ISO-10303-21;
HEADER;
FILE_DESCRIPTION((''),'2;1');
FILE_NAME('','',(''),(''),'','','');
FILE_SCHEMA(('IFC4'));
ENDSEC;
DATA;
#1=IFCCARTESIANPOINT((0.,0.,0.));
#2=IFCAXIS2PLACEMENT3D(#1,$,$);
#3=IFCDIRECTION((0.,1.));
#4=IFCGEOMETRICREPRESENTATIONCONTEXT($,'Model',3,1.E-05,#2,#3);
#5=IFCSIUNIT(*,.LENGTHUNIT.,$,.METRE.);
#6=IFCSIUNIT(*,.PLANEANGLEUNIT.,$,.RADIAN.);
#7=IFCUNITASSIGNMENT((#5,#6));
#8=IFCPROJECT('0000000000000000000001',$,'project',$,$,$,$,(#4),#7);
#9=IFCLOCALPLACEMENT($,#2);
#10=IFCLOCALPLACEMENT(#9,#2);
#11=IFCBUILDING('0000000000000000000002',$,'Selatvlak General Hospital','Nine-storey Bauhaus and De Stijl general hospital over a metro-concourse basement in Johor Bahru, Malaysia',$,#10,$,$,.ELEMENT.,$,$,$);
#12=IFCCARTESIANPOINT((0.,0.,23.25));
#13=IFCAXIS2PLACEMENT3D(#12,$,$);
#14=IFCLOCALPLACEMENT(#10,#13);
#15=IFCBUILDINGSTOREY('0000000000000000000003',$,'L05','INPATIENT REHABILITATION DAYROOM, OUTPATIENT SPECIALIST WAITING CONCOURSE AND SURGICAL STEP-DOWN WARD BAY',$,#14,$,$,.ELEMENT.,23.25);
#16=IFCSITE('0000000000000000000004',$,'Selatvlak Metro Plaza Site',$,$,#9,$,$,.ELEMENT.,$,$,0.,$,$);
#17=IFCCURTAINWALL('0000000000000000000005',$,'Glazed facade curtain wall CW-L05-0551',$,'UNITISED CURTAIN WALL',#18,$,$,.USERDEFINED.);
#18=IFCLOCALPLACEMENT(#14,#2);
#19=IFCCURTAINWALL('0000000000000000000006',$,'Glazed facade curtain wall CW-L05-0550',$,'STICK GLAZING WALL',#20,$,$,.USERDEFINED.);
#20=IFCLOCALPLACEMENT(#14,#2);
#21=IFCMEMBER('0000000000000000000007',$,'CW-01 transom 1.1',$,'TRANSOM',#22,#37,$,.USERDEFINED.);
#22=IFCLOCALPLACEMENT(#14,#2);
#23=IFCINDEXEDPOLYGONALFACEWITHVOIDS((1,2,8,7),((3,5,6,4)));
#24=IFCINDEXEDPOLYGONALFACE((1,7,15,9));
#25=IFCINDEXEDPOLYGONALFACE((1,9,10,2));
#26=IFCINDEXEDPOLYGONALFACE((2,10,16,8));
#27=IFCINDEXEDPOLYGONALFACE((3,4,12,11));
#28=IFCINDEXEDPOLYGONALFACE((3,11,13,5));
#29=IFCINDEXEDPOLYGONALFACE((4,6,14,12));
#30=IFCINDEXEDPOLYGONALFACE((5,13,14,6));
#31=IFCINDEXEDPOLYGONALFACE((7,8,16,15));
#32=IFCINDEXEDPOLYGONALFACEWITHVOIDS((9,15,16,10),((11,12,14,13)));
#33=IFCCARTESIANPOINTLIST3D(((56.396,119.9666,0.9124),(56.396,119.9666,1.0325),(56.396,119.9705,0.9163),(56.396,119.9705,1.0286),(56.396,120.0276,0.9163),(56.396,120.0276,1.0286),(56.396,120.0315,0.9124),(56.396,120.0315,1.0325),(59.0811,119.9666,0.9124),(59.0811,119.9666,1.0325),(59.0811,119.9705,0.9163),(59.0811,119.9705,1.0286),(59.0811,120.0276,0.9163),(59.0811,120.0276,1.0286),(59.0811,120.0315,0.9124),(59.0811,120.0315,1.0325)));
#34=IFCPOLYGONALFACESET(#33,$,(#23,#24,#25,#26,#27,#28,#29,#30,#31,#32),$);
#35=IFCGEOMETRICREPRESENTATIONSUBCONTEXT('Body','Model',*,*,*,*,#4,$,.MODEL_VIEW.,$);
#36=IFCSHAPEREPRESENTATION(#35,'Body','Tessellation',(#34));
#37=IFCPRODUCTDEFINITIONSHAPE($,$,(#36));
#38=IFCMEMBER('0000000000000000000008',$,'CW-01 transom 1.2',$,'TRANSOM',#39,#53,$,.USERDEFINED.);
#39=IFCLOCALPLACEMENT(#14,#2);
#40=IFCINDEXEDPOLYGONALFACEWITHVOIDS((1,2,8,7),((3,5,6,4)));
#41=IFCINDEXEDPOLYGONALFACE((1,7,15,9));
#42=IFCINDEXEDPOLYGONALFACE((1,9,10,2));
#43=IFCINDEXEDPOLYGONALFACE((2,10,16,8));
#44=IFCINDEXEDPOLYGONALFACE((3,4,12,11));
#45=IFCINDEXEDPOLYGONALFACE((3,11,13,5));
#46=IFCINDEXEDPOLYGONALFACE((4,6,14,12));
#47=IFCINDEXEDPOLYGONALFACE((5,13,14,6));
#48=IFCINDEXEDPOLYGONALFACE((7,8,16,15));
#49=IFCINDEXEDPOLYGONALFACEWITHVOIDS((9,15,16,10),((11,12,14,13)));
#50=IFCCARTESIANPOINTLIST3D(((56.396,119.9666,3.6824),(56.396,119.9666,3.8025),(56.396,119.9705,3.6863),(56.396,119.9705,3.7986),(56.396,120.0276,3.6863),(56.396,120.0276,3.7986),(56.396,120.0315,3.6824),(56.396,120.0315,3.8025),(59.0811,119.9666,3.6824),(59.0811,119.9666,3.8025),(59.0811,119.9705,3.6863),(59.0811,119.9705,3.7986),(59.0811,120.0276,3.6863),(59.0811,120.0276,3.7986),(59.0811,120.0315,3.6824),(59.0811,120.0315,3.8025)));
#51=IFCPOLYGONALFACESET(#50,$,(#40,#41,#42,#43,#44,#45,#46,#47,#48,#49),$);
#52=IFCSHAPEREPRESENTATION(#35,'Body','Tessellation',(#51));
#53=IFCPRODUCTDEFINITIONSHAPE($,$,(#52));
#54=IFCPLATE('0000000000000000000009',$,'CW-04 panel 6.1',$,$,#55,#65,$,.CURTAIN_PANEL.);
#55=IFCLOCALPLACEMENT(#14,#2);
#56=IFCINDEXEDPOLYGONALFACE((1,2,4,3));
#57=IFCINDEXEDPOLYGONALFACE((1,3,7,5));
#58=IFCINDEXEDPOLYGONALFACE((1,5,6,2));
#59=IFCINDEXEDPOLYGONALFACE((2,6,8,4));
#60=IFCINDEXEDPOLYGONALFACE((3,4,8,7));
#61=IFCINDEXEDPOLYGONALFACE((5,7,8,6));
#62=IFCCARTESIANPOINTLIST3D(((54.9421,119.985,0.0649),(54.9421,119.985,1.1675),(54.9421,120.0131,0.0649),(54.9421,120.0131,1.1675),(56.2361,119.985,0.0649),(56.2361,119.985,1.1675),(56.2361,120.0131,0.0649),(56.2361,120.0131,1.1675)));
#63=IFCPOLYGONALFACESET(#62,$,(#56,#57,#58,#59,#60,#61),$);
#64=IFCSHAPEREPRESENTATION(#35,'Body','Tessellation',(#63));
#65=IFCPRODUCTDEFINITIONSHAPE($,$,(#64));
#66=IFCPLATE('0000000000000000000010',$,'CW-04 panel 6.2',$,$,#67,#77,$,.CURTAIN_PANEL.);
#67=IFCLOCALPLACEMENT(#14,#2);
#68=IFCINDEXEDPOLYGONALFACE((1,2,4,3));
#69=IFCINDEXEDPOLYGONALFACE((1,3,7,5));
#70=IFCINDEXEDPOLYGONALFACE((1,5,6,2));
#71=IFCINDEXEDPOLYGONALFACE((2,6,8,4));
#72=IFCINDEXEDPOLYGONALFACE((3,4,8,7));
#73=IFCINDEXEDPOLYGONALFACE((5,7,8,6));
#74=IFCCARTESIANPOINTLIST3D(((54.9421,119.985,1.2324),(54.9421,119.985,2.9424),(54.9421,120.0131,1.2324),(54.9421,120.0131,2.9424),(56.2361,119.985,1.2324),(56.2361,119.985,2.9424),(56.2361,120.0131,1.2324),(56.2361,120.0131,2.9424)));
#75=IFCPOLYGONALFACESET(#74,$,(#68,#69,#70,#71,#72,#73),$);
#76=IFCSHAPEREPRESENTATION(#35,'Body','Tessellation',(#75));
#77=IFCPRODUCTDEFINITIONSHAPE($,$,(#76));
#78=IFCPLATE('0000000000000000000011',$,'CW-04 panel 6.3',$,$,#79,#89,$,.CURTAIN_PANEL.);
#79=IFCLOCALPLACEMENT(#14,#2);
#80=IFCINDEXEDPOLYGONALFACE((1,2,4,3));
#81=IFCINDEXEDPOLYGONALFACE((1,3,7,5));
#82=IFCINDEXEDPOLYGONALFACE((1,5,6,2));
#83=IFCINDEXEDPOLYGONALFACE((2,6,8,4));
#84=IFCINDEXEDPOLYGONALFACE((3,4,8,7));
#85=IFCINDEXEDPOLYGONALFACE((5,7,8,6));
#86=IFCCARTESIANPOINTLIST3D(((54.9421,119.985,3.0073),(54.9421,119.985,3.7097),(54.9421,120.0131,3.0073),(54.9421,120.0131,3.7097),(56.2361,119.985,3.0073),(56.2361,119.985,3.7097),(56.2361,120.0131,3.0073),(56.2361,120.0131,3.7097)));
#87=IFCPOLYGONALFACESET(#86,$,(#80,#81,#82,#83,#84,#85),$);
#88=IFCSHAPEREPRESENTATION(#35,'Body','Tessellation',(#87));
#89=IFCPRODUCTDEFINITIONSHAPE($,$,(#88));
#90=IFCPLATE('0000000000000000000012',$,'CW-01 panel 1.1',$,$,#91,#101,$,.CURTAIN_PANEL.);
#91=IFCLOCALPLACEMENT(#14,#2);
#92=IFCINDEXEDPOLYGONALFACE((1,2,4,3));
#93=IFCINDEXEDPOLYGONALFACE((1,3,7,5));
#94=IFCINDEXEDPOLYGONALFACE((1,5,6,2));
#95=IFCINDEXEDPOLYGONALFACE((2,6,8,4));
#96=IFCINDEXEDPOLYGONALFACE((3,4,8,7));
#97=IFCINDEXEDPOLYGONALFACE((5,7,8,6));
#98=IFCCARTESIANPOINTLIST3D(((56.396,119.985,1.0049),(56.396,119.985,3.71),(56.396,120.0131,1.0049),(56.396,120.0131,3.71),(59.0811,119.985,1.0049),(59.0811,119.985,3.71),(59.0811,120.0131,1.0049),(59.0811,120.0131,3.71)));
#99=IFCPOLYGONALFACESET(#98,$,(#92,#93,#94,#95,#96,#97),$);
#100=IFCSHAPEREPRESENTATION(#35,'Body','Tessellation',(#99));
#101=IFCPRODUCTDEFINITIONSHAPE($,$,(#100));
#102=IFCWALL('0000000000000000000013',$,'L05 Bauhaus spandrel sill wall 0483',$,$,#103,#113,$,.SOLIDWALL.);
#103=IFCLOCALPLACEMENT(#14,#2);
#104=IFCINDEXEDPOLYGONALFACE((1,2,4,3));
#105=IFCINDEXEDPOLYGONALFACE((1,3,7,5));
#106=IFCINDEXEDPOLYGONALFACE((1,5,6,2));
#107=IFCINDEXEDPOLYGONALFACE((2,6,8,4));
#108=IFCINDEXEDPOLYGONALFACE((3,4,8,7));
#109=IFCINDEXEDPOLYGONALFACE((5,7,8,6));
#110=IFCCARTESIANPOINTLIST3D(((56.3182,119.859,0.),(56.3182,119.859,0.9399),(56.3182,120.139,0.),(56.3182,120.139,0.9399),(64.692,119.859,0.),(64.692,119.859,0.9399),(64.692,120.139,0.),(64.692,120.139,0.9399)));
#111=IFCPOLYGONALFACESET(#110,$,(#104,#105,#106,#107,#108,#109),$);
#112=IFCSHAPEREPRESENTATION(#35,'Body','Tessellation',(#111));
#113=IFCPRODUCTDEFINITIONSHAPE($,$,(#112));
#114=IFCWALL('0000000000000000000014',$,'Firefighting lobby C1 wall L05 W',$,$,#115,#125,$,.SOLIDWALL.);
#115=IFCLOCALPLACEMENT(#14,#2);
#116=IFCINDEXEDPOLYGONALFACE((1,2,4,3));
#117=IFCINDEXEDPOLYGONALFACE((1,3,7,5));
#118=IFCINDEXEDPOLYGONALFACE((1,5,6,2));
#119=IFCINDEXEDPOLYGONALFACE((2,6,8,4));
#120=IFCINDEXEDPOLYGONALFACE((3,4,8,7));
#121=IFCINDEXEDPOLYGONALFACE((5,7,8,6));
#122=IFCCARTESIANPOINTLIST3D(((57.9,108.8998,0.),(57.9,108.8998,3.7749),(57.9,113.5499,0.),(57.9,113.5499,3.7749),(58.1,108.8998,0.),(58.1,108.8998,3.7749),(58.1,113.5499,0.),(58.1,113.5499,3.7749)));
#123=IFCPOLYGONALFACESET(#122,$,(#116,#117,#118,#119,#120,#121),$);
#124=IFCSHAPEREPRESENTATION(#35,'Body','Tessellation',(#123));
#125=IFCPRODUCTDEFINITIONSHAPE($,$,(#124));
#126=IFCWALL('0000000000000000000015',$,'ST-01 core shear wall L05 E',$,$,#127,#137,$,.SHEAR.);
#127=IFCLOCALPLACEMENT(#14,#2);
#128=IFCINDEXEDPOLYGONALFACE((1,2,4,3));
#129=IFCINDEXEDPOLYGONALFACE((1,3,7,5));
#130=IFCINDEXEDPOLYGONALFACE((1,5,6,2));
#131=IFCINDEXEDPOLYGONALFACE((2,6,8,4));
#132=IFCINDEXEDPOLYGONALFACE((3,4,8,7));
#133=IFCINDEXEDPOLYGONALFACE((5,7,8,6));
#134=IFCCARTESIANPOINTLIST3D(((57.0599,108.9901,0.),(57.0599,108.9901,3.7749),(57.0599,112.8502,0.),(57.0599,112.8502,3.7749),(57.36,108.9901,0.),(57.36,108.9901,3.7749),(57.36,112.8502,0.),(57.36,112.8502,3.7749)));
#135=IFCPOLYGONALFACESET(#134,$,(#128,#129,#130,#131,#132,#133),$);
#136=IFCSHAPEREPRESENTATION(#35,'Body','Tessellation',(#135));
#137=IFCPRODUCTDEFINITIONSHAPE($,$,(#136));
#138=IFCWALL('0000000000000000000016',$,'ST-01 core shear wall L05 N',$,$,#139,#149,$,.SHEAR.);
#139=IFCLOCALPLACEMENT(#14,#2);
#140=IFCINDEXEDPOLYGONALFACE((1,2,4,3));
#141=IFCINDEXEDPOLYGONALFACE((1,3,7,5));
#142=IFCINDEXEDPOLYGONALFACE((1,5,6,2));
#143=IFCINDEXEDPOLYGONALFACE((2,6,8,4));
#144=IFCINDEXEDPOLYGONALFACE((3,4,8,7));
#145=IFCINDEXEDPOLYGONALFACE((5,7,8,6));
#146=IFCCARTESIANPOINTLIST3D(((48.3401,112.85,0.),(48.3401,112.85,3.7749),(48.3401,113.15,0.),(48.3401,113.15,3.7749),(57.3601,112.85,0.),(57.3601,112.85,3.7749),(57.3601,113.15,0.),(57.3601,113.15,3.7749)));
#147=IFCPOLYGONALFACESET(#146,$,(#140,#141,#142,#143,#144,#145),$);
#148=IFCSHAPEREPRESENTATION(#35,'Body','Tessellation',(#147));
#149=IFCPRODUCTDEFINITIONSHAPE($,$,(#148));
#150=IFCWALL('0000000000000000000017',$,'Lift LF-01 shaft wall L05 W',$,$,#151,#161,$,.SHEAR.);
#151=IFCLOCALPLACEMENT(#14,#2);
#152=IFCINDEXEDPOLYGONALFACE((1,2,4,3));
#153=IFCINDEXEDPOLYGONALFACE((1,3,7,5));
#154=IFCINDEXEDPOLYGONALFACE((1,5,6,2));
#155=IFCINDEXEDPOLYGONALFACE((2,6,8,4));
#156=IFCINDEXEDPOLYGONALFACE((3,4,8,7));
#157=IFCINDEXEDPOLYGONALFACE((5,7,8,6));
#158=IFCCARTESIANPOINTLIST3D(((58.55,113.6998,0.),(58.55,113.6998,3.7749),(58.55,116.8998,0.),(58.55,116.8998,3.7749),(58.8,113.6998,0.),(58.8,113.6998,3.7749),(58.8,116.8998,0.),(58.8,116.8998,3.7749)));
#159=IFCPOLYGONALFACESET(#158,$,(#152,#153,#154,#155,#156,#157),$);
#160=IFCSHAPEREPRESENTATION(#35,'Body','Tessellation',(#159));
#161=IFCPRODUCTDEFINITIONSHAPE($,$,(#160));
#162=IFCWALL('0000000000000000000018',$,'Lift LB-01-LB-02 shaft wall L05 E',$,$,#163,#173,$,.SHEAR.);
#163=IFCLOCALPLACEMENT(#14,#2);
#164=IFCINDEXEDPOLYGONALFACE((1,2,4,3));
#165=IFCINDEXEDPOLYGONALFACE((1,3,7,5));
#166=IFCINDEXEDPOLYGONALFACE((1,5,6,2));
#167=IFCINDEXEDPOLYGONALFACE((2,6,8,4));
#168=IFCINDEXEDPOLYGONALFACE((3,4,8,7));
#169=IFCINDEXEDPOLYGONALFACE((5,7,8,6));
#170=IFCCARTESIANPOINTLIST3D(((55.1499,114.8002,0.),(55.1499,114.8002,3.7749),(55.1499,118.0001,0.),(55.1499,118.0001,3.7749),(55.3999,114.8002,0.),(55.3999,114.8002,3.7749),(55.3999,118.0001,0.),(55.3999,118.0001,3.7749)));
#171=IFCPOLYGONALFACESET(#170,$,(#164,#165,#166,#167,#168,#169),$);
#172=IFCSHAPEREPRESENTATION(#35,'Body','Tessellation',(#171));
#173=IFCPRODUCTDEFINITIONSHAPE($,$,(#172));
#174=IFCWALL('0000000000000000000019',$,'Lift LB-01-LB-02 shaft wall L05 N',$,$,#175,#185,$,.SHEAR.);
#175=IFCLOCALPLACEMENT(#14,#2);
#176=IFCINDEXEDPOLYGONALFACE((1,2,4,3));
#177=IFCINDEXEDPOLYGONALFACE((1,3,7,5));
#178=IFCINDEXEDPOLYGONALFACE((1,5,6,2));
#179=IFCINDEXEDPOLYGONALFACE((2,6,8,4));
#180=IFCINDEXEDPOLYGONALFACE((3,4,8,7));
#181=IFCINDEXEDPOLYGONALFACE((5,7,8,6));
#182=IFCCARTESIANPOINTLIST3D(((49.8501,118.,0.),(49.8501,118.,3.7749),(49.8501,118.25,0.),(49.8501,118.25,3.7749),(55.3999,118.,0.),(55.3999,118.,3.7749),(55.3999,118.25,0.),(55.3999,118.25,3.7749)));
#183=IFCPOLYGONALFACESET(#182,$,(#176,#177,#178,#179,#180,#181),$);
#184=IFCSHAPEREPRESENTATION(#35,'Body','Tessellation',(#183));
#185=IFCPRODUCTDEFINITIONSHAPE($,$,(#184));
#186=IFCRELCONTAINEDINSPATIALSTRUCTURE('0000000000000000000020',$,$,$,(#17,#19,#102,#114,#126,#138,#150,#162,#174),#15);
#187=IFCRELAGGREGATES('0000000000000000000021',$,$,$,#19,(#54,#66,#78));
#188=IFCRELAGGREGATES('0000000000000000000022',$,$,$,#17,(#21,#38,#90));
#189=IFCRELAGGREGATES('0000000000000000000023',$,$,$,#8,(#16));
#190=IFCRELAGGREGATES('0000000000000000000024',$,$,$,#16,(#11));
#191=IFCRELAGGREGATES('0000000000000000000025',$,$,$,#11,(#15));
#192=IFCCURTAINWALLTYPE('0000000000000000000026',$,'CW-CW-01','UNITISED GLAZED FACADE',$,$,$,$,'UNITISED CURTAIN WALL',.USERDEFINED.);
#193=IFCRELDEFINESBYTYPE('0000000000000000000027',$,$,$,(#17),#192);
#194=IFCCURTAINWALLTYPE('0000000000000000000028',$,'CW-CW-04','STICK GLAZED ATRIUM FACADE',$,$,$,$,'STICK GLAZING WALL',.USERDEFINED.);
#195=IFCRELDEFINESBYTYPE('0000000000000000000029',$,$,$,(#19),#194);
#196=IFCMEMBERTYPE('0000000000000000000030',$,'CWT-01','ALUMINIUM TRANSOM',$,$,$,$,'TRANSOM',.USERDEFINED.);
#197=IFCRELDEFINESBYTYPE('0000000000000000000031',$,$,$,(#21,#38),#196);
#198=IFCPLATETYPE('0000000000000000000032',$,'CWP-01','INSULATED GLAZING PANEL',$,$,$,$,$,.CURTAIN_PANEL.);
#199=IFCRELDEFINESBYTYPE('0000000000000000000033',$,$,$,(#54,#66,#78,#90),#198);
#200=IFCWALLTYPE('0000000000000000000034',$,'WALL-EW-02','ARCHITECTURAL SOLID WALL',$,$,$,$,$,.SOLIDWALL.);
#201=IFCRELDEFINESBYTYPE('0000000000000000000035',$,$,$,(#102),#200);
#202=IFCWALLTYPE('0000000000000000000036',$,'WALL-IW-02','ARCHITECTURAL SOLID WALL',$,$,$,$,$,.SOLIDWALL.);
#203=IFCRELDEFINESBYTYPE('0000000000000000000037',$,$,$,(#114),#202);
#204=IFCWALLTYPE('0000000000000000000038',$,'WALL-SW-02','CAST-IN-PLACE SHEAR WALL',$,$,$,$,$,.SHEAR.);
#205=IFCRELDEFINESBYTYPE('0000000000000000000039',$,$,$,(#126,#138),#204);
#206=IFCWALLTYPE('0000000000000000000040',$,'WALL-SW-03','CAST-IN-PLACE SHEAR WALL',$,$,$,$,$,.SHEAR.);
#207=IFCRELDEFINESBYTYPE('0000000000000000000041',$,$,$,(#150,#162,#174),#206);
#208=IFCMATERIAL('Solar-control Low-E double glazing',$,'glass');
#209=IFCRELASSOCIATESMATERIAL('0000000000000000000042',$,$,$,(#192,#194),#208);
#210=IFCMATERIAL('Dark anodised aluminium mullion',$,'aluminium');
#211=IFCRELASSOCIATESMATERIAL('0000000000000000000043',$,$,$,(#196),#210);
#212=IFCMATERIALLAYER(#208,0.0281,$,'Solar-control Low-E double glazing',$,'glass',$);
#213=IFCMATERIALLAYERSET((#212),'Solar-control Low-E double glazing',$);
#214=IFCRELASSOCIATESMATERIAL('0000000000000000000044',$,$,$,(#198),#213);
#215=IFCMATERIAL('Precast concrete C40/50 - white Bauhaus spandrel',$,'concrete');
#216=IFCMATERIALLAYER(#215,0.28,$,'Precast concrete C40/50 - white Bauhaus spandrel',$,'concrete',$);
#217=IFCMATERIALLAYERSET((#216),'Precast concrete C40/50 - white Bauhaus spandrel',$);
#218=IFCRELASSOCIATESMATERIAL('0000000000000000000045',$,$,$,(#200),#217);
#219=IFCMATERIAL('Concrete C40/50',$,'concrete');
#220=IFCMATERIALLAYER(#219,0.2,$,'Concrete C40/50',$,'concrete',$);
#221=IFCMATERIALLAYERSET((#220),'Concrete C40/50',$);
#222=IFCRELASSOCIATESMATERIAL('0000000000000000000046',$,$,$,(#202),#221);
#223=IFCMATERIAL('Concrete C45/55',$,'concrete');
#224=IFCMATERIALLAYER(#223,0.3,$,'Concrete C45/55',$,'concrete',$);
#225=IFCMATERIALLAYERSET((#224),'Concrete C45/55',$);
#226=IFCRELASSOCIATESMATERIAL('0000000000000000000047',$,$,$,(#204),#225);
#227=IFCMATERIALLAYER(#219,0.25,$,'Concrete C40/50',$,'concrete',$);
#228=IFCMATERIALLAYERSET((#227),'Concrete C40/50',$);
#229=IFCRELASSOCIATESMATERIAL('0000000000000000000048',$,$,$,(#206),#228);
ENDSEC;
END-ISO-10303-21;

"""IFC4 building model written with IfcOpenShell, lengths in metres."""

from ifc_helpers import new_model, si_unit, direction, frame, frame_2d, origin, origin_2d, place, context, subcontext, project, spatial, rectangle, hollow_rectangle, extrude, material, layer, layer_set, material_profile, profile_set, type_object, element, aggregate, save


model = new_model("IFC4")

# Units and contexts
model_context = context("Model", 3, precision=1e-05, world=origin(), true_north=direction((0.0, 1.0)))
body_context = subcontext(model_context, "Body", "Model", "MODEL_VIEW")
ifc_project = project(units=[si_unit("LENGTHUNIT", "METRE"), si_unit("PLANEANGLEUNIT", "RADIAN")], contexts=[model_context])

# Site, building, storey
site_placement = place(None, origin())
site = spatial("IfcSite", under=ifc_project, at=site_placement, Name="Selatvlak Metro Plaza Site", CompositionType="ELEMENT", RefElevation=0.0)
building_placement = place(site_placement, origin())
building = spatial("IfcBuilding", under=site, at=building_placement, Name="Selatvlak General Hospital", Description="Nine-storey Bauhaus and De Stijl general hospital over a metro-concourse basement in Johor Bahru, Malaysia", CompositionType="ELEMENT")
storey_placement = place(building_placement, frame((0.0, 0.0, 23.25)))
storey = spatial("IfcBuildingStorey", under=building, at=storey_placement, Name="L05", Description="INPATIENT REHABILITATION DAYROOM, OUTPATIENT SPECIALIST WAITING CONCOURSE AND SURGICAL STEP-DOWN WARD BAY", CompositionType="ELEMENT", Elevation=23.25)

# Shared definitions
ifc_material_1 = material(Name="Concrete C40/50", Category="concrete")

# Curtain wall
ifc_material_2 = material(Name="Solar-control Low-E double glazing", Category="glass")
curtain_wall_type_1 = type_object("IfcCurtainWallType", Name="CW-CW-01", Description="UNITISED GLAZED FACADE", ElementType="UNITISED CURTAIN WALL", PredefinedType="USERDEFINED", material=ifc_material_2)
curtain_wall_1_placement = place(storey_placement, origin())
curtain_wall_1 = element("IfcCurtainWall", 1, at=curtain_wall_1_placement, inside=storey, type_object=curtain_wall_type_1, Name="Glazed facade curtain wall CW-L05-0551", ObjectType="UNITISED CURTAIN WALL", PredefinedType="USERDEFINED")
ifc_material_3 = material(Name="Dark anodised aluminium mullion", Category="aluminium")

# Curtain wall
curtain_wall_type_2 = type_object("IfcCurtainWallType", Name="CW-CW-04", Description="STICK GLAZED ATRIUM FACADE", ElementType="STICK GLAZING WALL", PredefinedType="USERDEFINED", material=ifc_material_2)
curtain_wall_2_placement = place(storey_placement, origin())
curtain_wall_2 = element("IfcCurtainWall", 2, at=curtain_wall_2_placement, inside=storey, type_object=curtain_wall_type_2, Name="Glazed facade curtain wall CW-L05-0550", ObjectType="STICK GLAZING WALL", PredefinedType="USERDEFINED")
ifc_material_profile_1 = material_profile(ifc_material_3, hollow_rectangle(XDim=0.0649, YDim=0.1201, WallThickness=0.0039, at=origin_2d()), Name="AL-TRN 65x120x4")
ifc_profile_set_1 = profile_set([ifc_material_profile_1], Name="Dark anodised aluminium mullion")
member_type_1 = type_object("IfcMemberType", Name="CWT-01", Description="ALUMINIUM TRANSOM", ElementType="TRANSOM", PredefinedType="USERDEFINED", material=ifc_profile_set_1)

# Members
member_1_placement = place(storey_placement, frame((56.396, 119.999, 0.9724), z_axis=(1.0, 0.0, 0.0), x_axis=(0.0, 1.0, 0.0)))
member_1 = element("IfcMember", 3, at=member_1_placement, type_object=member_type_1, Name="CW-01 transom 1.1", ObjectType="TRANSOM", PredefinedType="USERDEFINED", context=body_context, shape_type="SweptSolid", body=[
    extrude(hollow_rectangle(XDim=0.0649, YDim=0.1201, WallThickness=0.0039, at=origin_2d()), origin(), (0.0, 0.0, 1.0), 2.6851),
])
member_2_placement = place(storey_placement, frame((56.396, 119.999, 3.7424), z_axis=(1.0, 0.0, 0.0), x_axis=(0.0, 1.0, 0.0)))
member_2 = element("IfcMember", 4, at=member_2_placement, type_object=member_type_1, Name="CW-01 transom 1.2", ObjectType="TRANSOM", PredefinedType="USERDEFINED", context=body_context, shape_type="SweptSolid", body=[
    extrude(hollow_rectangle(XDim=0.0649, YDim=0.1201, WallThickness=0.0039, at=origin_2d()), origin(), (0.0, 0.0, 1.0), 2.6851),
])

# Plates
ifc_layer_1 = layer(ifc_material_2, 0.0281, Name="Solar-control Low-E double glazing", Category="glass")
ifc_layer_set_1 = layer_set([ifc_layer_1], Name="Solar-control Low-E double glazing")
plate_type = type_object("IfcPlateType", Name="CWP-01", Description="INSULATED GLAZING PANEL", PredefinedType="CURTAIN_PANEL", material=ifc_layer_set_1)
plate_1_placement = place(storey_placement, frame((55.5891, 119.999, 0.0649), z_axis=(0.0, 0.0, 1.0), x_axis=(1.0, 0.0, 0.0)))
plate_1 = element("IfcPlate", 5, at=plate_1_placement, type_object=plate_type, Name="CW-04 panel 6.1", PredefinedType="CURTAIN_PANEL", context=body_context, shape_type="SweptSolid", body=[
    extrude(rectangle(XDim=1.2939, YDim=0.0281, at=origin_2d()), origin(), (0.0, 0.0, 1.0), 1.1025),
])
plate_2_placement = place(storey_placement, frame((55.5891, 119.999, 1.2324), z_axis=(0.0, 0.0, 1.0), x_axis=(1.0, 0.0, 0.0)))
plate_2 = element("IfcPlate", 6, at=plate_2_placement, type_object=plate_type, Name="CW-04 panel 6.2", PredefinedType="CURTAIN_PANEL", context=body_context, shape_type="SweptSolid", body=[
    extrude(rectangle(XDim=1.2939, YDim=0.0281, at=origin_2d()), origin(), (0.0, 0.0, 1.0), 1.71),
])
plate_3_placement = place(storey_placement, frame((55.5891, 119.999, 3.0073), z_axis=(0.0, 0.0, 1.0), x_axis=(1.0, 0.0, 0.0)))
plate_3 = element("IfcPlate", 7, at=plate_3_placement, type_object=plate_type, Name="CW-04 panel 6.3", PredefinedType="CURTAIN_PANEL", context=body_context, shape_type="SweptSolid", body=[
    extrude(rectangle(XDim=1.2939, YDim=0.0281, at=origin_2d()), origin(), (0.0, 0.0, 1.0), 0.7024),
])
aggregate(curtain_wall_2, [plate_1, plate_2, plate_3])
plate_4_placement = place(storey_placement, frame((57.7385, 119.999, 1.0049), z_axis=(0.0, 0.0, 1.0), x_axis=(1.0, 0.0, 0.0)))
plate_4 = element("IfcPlate", 8, at=plate_4_placement, type_object=plate_type, Name="CW-01 panel 1.1", PredefinedType="CURTAIN_PANEL", context=body_context, shape_type="SweptSolid", body=[
    extrude(rectangle(XDim=2.6851, YDim=0.0281, at=origin_2d()), origin(), (0.0, 0.0, 1.0), 2.7051),
])
aggregate(curtain_wall_1, [member_1, member_2, plate_4])

# Wall
ifc_material_4 = material(Name="Precast concrete C40/50 - white Bauhaus spandrel", Category="concrete")
ifc_layer_2 = layer(ifc_material_4, 0.28, Name="Precast concrete C40/50 - white Bauhaus spandrel", Category="concrete")
ifc_layer_set_2 = layer_set([ifc_layer_2], Name="Precast concrete C40/50 - white Bauhaus spandrel")
wall_type_1 = type_object("IfcWallType", Name="WALL-EW-02", Description="ARCHITECTURAL SOLID WALL", PredefinedType="SOLIDWALL", material=ifc_layer_set_2)
wall_1_placement = place(storey_placement, frame((56.3181, 119.999, 0.0), z_axis=(0.0, 0.0, 1.0), x_axis=(1.0, 0.0, 0.0)))
element("IfcWall", 9, at=wall_1_placement, inside=storey, type_object=wall_type_1, Name="L05 Bauhaus spandrel sill wall 0483", PredefinedType="SOLIDWALL", context=body_context, shape_type="SweptSolid", body=[
    extrude(rectangle(XDim=8.3738, YDim=0.28, at=frame_2d((4.187, 0.0))), origin(), (0.0, 0.0, 1.0), 0.9399),
])

# Shared definitions
ifc_layer_3 = layer(ifc_material_1, 0.2, Name="Concrete C40/50", Category="concrete")
ifc_layer_set_3 = layer_set([ifc_layer_3], Name="Concrete C40/50")
wall_type_2 = type_object("IfcWallType", Name="WALL-IW-02", Description="ARCHITECTURAL SOLID WALL", PredefinedType="SOLIDWALL", material=ifc_layer_set_3)

# Walls
wall_2_placement = place(storey_placement, frame((58.0, 113.55, 0.0), z_axis=(0.0, 0.0, 1.0), x_axis=(0.0, -1.0, 0.0)))
element("IfcWall", 10, at=wall_2_placement, inside=storey, type_object=wall_type_2, Name="Firefighting lobby C1 wall L05 W", PredefinedType="SOLIDWALL", context=body_context, shape_type="SweptSolid", body=[
    extrude(rectangle(XDim=4.6501, YDim=0.2, at=frame_2d((2.3252, 0.0))), origin(), (0.0, 0.0, 1.0), 3.7749),
])
ifc_material_5 = material(Name="Concrete C45/55", Category="concrete")
ifc_layer_4 = layer(ifc_material_5, 0.3, Name="Concrete C45/55", Category="concrete")
ifc_layer_set_4 = layer_set([ifc_layer_4], Name="Concrete C45/55")
wall_type_3 = type_object("IfcWallType", Name="WALL-SW-02", Description="CAST-IN-PLACE SHEAR WALL", PredefinedType="SHEAR", material=ifc_layer_set_4)
wall_3_placement = place(storey_placement, frame((57.21, 108.99, 0.0), z_axis=(0.0, 0.0, 1.0), x_axis=(0.0, 1.0, 0.0)))
element("IfcWall", 11, at=wall_3_placement, inside=storey, type_object=wall_type_3, Name="ST-01 core shear wall L05 E", PredefinedType="SHEAR", context=body_context, shape_type="SweptSolid", body=[
    extrude(rectangle(XDim=3.8601, YDim=0.3, at=frame_2d((1.9302, 0.0))), origin(), (0.0, 0.0, 1.0), 3.7749),
])
wall_4_placement = place(storey_placement, frame((57.3601, 113.0, 0.0), z_axis=(0.0, 0.0, 1.0), x_axis=(-1.0, 0.0, 0.0)))
element("IfcWall", 12, at=wall_4_placement, inside=storey, type_object=wall_type_3, Name="ST-01 core shear wall L05 N", PredefinedType="SHEAR", context=body_context, shape_type="SweptSolid", body=[
    extrude(rectangle(XDim=9.02, YDim=0.3, at=frame_2d((4.51, 0.0))), origin(), (0.0, 0.0, 1.0), 3.7749),
])

# Shared definitions
ifc_layer_5 = layer(ifc_material_1, 0.25, Name="Concrete C40/50", Category="concrete")
ifc_layer_set_5 = layer_set([ifc_layer_5], Name="Concrete C40/50")
wall_type_4 = type_object("IfcWallType", Name="WALL-SW-03", Description="CAST-IN-PLACE SHEAR WALL", PredefinedType="SHEAR", material=ifc_layer_set_5)

# Walls
for number, where, z_axis, x_axis, name in (
    (13, (58.675, 116.8999, 0.0), (0.0, 0.0, 1.0), (0.0, -1.0, 0.0), "Lift LF-01 shaft wall L05 W"),
    (14, (55.2749, 114.8, 0.0), (0.0, 0.0, 1.0), (0.0, 1.0, 0.0), "Lift LB-01-LB-02 shaft wall L05 E"),
):
    element("IfcWall", number, at=place(storey_placement, frame(where, z_axis=z_axis, x_axis=x_axis)), inside=storey, type_object=wall_type_4, Name=name, PredefinedType="SHEAR", context=body_context, shape_type="SweptSolid", body=[
        extrude(rectangle(XDim=3.2, YDim=0.25, at=frame_2d((1.6001, 0.0))), origin(), (0.0, 0.0, 1.0), 3.7749),
    ])
wall_5_placement = place(storey_placement, frame((55.3999, 118.125, 0.0), z_axis=(0.0, 0.0, 1.0), x_axis=(-1.0, 0.0, 0.0)))
element("IfcWall", 15, at=wall_5_placement, inside=storey, type_object=wall_type_4, Name="Lift LB-01-LB-02 shaft wall L05 N", PredefinedType="SHEAR", context=body_context, shape_type="SweptSolid", body=[
    extrude(rectangle(XDim=5.5498, YDim=0.25, at=frame_2d((2.7749, 0.0))), origin(), (0.0, 0.0, 1.0), 3.7749),
])

save(model, "model.ifc")
